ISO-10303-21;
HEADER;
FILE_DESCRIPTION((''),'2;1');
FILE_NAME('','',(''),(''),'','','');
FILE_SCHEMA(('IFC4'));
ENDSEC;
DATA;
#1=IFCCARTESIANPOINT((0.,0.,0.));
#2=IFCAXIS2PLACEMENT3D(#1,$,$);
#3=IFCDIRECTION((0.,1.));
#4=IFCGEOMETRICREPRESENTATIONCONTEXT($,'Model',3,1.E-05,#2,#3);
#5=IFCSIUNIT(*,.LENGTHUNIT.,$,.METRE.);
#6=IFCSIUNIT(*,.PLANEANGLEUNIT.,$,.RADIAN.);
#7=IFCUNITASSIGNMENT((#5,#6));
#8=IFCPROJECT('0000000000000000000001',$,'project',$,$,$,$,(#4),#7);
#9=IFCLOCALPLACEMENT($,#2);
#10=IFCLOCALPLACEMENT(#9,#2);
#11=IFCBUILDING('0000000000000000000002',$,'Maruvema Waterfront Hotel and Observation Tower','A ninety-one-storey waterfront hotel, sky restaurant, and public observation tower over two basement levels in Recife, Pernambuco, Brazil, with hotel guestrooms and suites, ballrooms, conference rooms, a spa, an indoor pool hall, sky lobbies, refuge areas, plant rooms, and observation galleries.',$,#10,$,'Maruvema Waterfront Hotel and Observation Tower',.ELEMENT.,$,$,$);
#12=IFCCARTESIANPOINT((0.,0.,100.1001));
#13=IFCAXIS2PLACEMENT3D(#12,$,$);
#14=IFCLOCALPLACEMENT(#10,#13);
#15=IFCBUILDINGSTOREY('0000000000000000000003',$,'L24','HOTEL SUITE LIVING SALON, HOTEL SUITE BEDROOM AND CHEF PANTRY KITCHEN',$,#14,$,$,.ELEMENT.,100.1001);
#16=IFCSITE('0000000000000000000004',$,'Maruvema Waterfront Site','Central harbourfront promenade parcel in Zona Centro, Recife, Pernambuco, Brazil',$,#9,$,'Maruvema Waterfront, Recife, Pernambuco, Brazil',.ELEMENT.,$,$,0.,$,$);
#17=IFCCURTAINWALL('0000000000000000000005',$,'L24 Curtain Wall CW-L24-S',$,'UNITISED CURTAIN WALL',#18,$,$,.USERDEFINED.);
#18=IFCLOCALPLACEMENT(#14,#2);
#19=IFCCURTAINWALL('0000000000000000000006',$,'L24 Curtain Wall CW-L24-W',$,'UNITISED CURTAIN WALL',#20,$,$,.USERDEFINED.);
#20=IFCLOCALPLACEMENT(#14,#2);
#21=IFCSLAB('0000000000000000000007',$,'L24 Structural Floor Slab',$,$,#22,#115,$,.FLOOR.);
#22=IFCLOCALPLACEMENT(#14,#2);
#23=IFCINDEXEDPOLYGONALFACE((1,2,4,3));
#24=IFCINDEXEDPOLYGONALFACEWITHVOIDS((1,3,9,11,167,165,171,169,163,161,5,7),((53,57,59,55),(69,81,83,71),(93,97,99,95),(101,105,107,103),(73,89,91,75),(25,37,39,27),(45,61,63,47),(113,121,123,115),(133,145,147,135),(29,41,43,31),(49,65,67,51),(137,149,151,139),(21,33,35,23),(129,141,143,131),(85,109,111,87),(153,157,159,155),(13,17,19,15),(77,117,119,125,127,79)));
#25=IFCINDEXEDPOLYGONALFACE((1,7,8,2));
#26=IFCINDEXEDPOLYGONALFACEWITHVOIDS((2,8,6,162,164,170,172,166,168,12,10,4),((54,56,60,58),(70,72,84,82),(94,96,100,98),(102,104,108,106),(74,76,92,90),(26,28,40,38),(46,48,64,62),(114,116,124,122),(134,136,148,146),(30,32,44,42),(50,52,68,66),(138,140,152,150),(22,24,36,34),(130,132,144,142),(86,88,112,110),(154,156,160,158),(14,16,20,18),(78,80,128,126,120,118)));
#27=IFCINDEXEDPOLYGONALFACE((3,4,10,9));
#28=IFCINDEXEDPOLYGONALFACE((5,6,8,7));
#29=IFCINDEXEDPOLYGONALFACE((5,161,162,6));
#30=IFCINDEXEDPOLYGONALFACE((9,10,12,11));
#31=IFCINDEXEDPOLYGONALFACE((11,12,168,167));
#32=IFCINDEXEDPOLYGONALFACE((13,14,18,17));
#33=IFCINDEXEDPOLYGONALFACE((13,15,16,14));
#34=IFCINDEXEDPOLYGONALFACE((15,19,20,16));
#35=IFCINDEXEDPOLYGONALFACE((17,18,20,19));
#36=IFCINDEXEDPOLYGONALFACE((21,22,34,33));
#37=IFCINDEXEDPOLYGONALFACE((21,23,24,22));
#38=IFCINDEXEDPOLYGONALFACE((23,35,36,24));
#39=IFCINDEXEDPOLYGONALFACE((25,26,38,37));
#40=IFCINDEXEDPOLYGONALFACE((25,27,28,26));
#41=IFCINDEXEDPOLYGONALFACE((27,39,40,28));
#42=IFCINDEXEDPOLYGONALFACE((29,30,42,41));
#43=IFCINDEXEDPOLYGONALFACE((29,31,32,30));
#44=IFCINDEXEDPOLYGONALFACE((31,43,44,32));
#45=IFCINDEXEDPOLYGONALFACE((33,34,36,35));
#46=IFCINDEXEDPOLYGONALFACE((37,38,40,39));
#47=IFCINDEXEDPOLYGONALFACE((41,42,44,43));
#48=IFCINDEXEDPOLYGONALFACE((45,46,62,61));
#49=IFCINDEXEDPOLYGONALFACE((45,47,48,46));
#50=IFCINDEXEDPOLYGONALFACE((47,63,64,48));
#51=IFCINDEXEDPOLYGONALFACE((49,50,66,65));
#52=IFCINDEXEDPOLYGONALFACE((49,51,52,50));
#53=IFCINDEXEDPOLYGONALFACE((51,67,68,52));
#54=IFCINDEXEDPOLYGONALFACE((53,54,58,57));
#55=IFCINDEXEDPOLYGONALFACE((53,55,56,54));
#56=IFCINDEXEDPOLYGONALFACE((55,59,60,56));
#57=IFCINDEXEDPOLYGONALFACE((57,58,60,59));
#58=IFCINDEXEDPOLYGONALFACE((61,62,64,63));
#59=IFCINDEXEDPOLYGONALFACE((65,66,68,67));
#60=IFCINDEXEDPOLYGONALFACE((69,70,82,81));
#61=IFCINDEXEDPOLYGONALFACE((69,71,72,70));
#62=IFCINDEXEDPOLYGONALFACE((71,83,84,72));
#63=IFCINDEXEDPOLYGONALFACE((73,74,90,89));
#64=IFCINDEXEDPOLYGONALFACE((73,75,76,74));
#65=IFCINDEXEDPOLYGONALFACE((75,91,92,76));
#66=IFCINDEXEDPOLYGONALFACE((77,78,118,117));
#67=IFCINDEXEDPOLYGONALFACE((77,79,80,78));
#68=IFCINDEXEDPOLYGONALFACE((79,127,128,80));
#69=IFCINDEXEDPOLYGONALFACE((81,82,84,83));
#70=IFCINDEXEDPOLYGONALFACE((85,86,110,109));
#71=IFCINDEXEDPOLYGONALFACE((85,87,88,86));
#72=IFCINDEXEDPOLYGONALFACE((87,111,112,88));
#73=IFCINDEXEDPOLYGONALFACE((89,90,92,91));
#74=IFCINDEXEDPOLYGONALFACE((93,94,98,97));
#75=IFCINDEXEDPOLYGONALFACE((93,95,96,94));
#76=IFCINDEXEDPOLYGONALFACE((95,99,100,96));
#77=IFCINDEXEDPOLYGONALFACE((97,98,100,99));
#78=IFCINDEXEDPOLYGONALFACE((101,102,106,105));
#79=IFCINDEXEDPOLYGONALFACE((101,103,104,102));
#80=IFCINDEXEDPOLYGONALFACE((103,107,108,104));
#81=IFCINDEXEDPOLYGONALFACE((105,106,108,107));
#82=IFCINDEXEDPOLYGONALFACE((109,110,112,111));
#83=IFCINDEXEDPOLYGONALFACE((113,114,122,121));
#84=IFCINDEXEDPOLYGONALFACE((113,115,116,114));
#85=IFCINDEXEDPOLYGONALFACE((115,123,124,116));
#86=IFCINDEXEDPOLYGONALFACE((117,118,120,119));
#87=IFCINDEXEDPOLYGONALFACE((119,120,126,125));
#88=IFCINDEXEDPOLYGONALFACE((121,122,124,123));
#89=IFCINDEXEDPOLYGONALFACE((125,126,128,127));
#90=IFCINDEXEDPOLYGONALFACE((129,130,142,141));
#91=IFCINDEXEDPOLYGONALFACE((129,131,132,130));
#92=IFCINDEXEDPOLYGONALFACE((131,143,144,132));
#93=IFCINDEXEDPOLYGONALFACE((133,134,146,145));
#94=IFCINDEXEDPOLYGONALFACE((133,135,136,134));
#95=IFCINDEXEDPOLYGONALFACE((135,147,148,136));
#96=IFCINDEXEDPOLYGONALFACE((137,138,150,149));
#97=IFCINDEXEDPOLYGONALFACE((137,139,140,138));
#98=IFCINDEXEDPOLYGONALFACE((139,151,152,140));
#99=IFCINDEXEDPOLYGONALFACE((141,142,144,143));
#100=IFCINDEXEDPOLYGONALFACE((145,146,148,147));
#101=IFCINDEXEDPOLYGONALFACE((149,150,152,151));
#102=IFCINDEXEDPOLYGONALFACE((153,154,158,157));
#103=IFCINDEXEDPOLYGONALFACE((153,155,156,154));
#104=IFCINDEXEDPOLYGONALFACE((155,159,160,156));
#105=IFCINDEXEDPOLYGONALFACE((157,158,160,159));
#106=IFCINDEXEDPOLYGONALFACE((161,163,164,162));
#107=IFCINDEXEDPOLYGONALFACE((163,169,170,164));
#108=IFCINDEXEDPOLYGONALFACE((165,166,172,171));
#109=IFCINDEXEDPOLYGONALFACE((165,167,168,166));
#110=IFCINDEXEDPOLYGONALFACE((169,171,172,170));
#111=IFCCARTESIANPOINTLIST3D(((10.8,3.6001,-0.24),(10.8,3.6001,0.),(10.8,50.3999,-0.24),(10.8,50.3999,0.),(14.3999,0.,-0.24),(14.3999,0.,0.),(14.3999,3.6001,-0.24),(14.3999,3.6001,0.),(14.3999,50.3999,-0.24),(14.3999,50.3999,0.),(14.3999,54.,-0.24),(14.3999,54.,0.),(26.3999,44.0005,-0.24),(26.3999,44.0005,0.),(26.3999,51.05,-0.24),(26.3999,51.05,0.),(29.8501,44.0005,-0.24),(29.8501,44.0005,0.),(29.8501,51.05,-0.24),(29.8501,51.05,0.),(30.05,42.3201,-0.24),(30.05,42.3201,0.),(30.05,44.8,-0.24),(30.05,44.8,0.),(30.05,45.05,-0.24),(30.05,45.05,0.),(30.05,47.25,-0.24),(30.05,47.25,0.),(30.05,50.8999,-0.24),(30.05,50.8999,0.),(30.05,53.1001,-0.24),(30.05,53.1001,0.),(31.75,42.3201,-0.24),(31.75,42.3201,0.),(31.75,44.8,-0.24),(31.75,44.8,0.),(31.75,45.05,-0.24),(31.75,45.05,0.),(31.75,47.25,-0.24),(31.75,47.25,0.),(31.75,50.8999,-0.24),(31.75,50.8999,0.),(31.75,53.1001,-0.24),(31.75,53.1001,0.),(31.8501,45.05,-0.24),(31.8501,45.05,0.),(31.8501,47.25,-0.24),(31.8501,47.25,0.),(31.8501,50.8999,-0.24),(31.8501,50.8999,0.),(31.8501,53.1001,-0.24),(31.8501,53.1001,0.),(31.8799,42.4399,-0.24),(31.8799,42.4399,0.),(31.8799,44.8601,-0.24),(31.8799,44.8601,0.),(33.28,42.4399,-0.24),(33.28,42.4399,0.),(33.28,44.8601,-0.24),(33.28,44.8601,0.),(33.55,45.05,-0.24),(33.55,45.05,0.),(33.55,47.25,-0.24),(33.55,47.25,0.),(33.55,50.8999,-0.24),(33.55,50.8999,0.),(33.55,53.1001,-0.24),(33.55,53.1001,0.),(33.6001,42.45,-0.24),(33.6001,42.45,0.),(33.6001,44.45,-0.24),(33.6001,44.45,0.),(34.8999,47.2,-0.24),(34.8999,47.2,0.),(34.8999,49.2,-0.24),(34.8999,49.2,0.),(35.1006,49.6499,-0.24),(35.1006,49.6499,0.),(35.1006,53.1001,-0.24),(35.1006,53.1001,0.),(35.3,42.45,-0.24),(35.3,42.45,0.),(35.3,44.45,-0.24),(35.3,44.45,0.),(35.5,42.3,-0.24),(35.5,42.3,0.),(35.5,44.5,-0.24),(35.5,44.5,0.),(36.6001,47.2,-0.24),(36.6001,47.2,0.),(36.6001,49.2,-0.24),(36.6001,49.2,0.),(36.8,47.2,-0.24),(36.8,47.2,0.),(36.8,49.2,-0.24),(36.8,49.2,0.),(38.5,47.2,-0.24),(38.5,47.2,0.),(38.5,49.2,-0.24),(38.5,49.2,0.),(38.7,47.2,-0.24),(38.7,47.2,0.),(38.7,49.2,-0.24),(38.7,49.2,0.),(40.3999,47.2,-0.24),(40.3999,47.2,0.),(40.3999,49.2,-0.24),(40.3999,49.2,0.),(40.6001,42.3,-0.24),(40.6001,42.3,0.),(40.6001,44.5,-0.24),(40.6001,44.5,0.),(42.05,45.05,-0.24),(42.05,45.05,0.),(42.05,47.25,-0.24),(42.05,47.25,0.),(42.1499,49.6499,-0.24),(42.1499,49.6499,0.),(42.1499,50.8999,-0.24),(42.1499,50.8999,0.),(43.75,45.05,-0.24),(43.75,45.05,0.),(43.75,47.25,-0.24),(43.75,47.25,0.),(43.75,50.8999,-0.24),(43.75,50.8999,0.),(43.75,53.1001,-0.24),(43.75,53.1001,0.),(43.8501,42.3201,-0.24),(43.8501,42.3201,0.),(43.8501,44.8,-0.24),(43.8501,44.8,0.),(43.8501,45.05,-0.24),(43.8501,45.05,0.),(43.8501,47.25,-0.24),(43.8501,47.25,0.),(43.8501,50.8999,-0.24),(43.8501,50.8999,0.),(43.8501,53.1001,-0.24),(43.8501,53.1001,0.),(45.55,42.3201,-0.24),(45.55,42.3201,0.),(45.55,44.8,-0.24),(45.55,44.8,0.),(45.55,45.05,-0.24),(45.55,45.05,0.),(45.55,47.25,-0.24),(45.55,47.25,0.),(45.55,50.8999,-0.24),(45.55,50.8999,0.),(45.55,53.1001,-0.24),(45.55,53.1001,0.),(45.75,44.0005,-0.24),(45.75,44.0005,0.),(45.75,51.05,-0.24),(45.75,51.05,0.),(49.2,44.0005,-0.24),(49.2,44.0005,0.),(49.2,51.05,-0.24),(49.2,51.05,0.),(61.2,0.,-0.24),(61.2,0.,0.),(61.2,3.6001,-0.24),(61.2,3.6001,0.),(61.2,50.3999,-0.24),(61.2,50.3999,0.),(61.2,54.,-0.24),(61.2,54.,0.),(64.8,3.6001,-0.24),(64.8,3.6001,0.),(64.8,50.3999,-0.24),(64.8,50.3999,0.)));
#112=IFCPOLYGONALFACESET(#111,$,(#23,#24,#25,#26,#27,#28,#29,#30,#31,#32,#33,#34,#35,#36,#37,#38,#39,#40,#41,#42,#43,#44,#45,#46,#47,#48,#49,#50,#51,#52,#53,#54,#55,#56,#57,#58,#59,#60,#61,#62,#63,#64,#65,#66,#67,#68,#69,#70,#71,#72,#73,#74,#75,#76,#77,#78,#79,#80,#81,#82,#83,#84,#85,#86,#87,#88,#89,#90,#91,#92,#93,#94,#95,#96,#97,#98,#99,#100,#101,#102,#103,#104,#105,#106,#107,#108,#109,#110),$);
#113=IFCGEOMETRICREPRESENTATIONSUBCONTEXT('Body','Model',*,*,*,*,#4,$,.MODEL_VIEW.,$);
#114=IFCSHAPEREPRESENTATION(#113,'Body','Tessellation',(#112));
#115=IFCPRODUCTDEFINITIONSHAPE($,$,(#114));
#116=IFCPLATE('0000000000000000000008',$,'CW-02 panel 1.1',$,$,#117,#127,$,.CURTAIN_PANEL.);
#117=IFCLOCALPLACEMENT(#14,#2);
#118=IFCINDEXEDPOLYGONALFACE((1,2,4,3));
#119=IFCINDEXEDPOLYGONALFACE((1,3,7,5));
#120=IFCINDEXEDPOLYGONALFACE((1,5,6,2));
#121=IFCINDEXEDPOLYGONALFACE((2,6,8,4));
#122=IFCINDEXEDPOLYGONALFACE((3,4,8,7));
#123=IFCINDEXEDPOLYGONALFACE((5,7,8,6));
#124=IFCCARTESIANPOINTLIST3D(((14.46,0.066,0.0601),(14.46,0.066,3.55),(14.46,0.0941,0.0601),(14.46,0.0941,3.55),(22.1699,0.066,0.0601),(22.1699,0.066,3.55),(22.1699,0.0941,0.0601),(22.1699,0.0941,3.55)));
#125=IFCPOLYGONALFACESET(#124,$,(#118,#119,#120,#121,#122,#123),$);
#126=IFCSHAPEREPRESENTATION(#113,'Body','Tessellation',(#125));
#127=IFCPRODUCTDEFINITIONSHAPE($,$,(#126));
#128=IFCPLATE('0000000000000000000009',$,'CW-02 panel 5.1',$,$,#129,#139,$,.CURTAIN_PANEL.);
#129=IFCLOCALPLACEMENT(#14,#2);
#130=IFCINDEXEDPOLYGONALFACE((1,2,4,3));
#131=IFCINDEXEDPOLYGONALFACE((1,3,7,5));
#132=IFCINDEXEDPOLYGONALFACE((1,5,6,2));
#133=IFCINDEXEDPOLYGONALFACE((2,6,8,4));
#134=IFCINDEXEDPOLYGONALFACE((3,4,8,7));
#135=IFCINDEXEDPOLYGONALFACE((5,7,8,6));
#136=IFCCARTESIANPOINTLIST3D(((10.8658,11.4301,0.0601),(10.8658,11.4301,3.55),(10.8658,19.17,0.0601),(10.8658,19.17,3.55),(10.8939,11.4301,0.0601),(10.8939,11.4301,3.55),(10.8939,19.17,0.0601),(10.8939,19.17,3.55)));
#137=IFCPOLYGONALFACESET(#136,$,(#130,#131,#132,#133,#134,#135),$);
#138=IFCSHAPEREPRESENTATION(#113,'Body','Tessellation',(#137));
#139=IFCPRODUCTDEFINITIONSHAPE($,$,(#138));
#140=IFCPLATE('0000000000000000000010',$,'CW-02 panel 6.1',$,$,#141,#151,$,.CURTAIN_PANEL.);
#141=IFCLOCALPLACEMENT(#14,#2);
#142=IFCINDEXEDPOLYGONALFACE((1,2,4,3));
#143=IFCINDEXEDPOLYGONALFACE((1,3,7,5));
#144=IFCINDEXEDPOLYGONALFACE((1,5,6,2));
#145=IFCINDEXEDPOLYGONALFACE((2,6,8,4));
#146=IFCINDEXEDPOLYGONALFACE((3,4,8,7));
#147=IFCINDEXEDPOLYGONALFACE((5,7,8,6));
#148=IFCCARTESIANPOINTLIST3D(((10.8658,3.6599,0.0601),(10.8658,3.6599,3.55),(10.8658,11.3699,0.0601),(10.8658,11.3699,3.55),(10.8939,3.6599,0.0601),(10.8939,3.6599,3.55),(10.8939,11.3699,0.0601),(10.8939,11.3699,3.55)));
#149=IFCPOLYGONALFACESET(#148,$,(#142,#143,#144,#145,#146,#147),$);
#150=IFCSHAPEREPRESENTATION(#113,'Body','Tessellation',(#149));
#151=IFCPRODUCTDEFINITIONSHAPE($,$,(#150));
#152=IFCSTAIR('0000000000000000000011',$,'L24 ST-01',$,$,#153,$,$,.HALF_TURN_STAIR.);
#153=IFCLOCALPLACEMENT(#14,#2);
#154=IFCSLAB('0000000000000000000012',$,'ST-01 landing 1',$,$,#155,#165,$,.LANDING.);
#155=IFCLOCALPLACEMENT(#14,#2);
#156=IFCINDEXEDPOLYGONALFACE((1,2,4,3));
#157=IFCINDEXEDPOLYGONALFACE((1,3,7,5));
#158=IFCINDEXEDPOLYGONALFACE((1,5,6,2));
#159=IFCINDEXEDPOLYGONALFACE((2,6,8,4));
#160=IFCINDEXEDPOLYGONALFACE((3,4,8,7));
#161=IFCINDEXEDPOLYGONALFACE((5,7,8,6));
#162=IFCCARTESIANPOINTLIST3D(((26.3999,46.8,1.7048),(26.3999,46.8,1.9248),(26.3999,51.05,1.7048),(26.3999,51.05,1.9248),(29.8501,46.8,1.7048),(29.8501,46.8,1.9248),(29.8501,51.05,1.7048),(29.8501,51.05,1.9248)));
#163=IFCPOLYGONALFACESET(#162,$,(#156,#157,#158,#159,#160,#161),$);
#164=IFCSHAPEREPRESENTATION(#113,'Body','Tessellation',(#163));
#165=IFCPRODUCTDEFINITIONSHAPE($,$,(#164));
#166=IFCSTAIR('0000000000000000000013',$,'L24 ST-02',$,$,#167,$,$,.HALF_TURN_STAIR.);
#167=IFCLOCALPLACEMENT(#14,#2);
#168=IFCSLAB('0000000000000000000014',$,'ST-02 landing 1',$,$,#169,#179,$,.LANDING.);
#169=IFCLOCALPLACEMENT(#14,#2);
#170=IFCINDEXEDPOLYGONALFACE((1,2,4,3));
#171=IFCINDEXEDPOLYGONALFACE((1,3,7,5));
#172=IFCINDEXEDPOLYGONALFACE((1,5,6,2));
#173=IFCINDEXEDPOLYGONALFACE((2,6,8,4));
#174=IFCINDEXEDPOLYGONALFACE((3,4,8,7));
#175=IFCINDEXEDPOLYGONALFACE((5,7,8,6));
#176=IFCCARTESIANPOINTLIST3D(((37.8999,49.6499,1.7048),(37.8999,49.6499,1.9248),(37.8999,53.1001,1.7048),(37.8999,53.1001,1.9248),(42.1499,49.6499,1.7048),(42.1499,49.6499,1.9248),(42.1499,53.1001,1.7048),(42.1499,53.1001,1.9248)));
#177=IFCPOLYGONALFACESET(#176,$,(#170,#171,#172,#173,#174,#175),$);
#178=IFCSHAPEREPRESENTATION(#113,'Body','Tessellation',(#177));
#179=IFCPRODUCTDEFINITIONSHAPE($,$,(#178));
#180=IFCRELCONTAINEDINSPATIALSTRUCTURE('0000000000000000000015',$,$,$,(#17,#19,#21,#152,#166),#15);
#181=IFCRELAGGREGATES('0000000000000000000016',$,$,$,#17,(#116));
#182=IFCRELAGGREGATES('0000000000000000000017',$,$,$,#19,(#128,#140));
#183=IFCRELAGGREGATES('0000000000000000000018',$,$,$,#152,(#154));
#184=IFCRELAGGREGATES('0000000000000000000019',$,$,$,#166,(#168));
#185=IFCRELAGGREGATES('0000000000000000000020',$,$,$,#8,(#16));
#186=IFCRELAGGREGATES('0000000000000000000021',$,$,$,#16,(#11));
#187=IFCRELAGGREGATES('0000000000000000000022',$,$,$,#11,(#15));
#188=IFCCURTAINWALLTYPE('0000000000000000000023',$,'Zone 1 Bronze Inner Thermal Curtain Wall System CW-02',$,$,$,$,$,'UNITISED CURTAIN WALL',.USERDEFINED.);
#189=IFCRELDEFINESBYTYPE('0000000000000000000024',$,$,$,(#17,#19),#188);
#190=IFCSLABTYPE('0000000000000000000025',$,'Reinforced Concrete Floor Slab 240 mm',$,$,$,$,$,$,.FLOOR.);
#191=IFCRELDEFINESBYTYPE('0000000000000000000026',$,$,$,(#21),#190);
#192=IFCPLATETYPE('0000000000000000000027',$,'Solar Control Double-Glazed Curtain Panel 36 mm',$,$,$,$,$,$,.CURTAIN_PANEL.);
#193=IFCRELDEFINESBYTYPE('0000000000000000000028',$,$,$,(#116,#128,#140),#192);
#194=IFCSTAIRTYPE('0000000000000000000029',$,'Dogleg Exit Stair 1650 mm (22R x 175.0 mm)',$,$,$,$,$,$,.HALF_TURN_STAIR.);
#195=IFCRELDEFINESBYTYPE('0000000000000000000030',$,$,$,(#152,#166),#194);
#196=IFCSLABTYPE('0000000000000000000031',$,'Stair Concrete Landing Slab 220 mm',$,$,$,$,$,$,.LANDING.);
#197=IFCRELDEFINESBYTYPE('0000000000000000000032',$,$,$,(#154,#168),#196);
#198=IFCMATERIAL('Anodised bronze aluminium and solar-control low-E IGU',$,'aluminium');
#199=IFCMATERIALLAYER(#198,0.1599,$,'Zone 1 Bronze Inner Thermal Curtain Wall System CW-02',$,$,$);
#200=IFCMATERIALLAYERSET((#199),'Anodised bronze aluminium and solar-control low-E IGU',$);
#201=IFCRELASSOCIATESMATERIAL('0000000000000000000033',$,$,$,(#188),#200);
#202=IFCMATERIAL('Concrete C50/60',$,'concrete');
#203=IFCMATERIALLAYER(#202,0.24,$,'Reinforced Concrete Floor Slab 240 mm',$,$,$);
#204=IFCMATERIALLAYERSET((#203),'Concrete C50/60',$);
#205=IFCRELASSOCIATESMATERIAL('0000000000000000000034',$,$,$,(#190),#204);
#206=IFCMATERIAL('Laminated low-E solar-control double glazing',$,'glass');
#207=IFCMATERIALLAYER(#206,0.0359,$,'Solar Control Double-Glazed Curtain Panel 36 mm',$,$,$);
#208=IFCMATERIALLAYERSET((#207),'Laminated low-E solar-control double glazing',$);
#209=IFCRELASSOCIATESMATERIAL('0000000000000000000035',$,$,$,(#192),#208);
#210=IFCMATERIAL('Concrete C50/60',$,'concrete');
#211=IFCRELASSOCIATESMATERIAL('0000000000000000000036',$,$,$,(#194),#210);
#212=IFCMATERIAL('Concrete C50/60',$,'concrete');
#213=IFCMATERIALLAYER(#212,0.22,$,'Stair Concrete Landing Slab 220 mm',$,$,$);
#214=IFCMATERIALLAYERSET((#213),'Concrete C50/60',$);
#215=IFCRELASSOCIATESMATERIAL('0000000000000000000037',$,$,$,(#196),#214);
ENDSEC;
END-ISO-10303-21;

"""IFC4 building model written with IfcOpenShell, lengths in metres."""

from ifc_helpers import new_model, si_unit, direction, frame, origin, origin_2d, place, context, subcontext, project, spatial, polyline, rectangle, outline, extrude, material, layer, layer_set, type_object, element, aggregate, save


model = new_model("IFC4")

# Units and contexts
model_context = context("Model", 3, precision=1e-05, world=origin(), true_north=direction((0.0, 1.0)))
body_context = subcontext(model_context, "Body", "Model", "MODEL_VIEW")
ifc_project = project(units=[si_unit("LENGTHUNIT", "METRE"), si_unit("PLANEANGLEUNIT", "RADIAN")], contexts=[model_context])

# Site, building, storey
site_placement = place(None, origin())
site = spatial("IfcSite", under=ifc_project, at=site_placement, Name="Maruvema Waterfront Site", Description="Central harbourfront promenade parcel in Zona Centro, Recife, Pernambuco, Brazil", LongName="Maruvema Waterfront, Recife, Pernambuco, Brazil", CompositionType="ELEMENT", RefElevation=0.0)
building_placement = place(site_placement, origin())
building = spatial("IfcBuilding", under=site, at=building_placement, Name="Maruvema Waterfront Hotel and Observation Tower", Description="A ninety-one-storey waterfront hotel, sky restaurant, and public observation tower over two basement levels in Recife, Pernambuco, Brazil, with hotel guestrooms and suites, ballrooms, conference rooms, a spa, an indoor pool hall, sky lobbies, refuge areas, plant rooms, and observation galleries.", LongName="Maruvema Waterfront Hotel and Observation Tower", CompositionType="ELEMENT")
storey_placement = place(building_placement, frame((0.0, 0.0, 100.1001)))
storey = spatial("IfcBuildingStorey", under=building, at=storey_placement, Name="L24", Description="HOTEL SUITE LIVING SALON, HOTEL SUITE BEDROOM AND CHEF PANTRY KITCHEN", CompositionType="ELEMENT", Elevation=100.1001)

# Curtain walls
ifc_material_1 = material(Name="Anodised bronze aluminium and solar-control low-E IGU", Category="aluminium")
ifc_layer_1 = layer(ifc_material_1, 0.1599, Name="Zone 1 Bronze Inner Thermal Curtain Wall System CW-02")
ifc_layer_set_1 = layer_set([ifc_layer_1], Name="Anodised bronze aluminium and solar-control low-E IGU")
curtain_wall_type = type_object("IfcCurtainWallType", Name="Zone 1 Bronze Inner Thermal Curtain Wall System CW-02", ElementType="UNITISED CURTAIN WALL", PredefinedType="USERDEFINED", material=ifc_layer_set_1)
curtain_wall_1_placement = place(storey_placement, origin())
curtain_wall_1 = element("IfcCurtainWall", 1, at=curtain_wall_1_placement, inside=storey, type_object=curtain_wall_type, Name="L24 Curtain Wall CW-L24-S", ObjectType="UNITISED CURTAIN WALL", PredefinedType="USERDEFINED")
curtain_wall_2_placement = place(storey_placement, origin())
curtain_wall_2 = element("IfcCurtainWall", 2, at=curtain_wall_2_placement, inside=storey, type_object=curtain_wall_type, Name="L24 Curtain Wall CW-L24-W", ObjectType="UNITISED CURTAIN WALL", PredefinedType="USERDEFINED")

# Slab
ifc_material_2 = material(Name="Concrete C50/60", Category="concrete")
ifc_layer_2 = layer(ifc_material_2, 0.24, Name="Reinforced Concrete Floor Slab 240 mm")
ifc_layer_set_2 = layer_set([ifc_layer_2], Name="Concrete C50/60")
slab_type_1 = type_object("IfcSlabType", Name="Reinforced Concrete Floor Slab 240 mm", PredefinedType="FLOOR", material=ifc_layer_set_2)
slab_1_placement = place(storey_placement, frame((0.0, 0.0, -0.24)))
element("IfcSlab", 3, at=slab_1_placement, inside=storey, type_object=slab_type_1, Name="L24 Structural Floor Slab", PredefinedType="FLOOR", context=body_context, shape_type="SweptSolid", body=[
    extrude(outline(polyline([(14.3999, 0.0), (61.2, 0.0), (61.2, 3.6001), (64.8, 3.6001), (64.8, 50.3999), (61.2, 50.3999), (61.2, 54.0), (14.3999, 54.0), (14.3999, 50.3999), (10.8, 50.3999), (10.8, 3.6001), (14.3999, 3.6001), (14.3999, 0.0)]), holes=[polyline([(26.3999, 44.0005), (26.3999, 51.05), (29.8501, 51.05), (29.8501, 44.0005), (26.3999, 44.0005)]), polyline([(30.05, 44.8), (31.75, 44.8), (31.75, 42.3201), (30.05, 42.3201), (30.05, 44.8)]), polyline([(31.75, 47.25), (31.75, 45.05), (30.05, 45.05), (30.05, 47.25), (31.75, 47.25)]), polyline([(31.75, 53.1001), (31.75, 50.8999), (30.05, 50.8999), (30.05, 53.1001), (31.75, 53.1001)]), polyline([(33.28, 44.8601), (33.28, 42.4399), (31.8799, 42.4399), (31.8799, 44.8601), (33.28, 44.8601)]), polyline([(31.8501, 47.25), (33.55, 47.25), (33.55, 45.05), (31.8501, 45.05), (31.8501, 47.25)]), polyline([(31.8501, 53.1001), (33.55, 53.1001), (33.55, 50.8999), (31.8501, 50.8999), (31.8501, 53.1001)]), polyline([(33.6001, 44.45), (35.3, 44.45), (35.3, 42.45), (33.6001, 42.45), (33.6001, 44.45)]), polyline([(34.8999, 49.2), (36.6001, 49.2), (36.6001, 47.2), (34.8999, 47.2), (34.8999, 49.2)]), polyline([(38.5, 49.2), (38.5, 47.2), (36.8, 47.2), (36.8, 49.2), (38.5, 49.2)]), polyline([(35.5, 44.5), (40.6001, 44.5), (40.6001, 42.3), (35.5, 42.3), (35.5, 44.5)]), polyline([(43.75, 50.8999), (42.1499, 50.8999), (42.1499, 49.6499), (35.1006, 49.6499), (35.1006, 53.1001), (43.75, 53.1001), (43.75, 50.8999)]), polyline([(40.3999, 49.2), (40.3999, 47.2), (38.7, 47.2), (38.7, 49.2), (40.3999, 49.2)]), polyline([(43.75, 47.25), (43.75, 45.05), (42.05, 45.05), (42.05, 47.25), (43.75, 47.25)]), polyline([(45.55, 44.8), (45.55, 42.3201), (43.8501, 42.3201), (43.8501, 44.8), (45.55, 44.8)]), polyline([(43.8501, 47.25), (45.55, 47.25), (45.55, 45.05), (43.8501, 45.05), (43.8501, 47.25)]), polyline([(45.55, 53.1001), (45.55, 50.8999), (43.8501, 50.8999), (43.8501, 53.1001), (45.55, 53.1001)]), polyline([(45.75, 51.05), (49.2, 51.05), (49.2, 44.0005), (45.75, 44.0005), (45.75, 51.05)])]), origin(), (0.0, 0.0, 1.0), 0.24),
])

# Plates
ifc_material_3 = material(Name="Laminated low-E solar-control double glazing", Category="glass")
ifc_layer_3 = layer(ifc_material_3, 0.0359, Name="Solar Control Double-Glazed Curtain Panel 36 mm")
ifc_layer_set_3 = layer_set([ifc_layer_3], Name="Laminated low-E solar-control double glazing")
plate_type = type_object("IfcPlateType", Name="Solar Control Double-Glazed Curtain Panel 36 mm", PredefinedType="CURTAIN_PANEL", material=ifc_layer_set_3)
plate_1_placement = place(storey_placement, frame((18.3149, 0.0801, 0.0601), z_axis=(0.0, 0.0, 1.0), x_axis=(1.0, 0.0, 0.0)))
plate_1 = element("IfcPlate", 4, at=plate_1_placement, type_object=plate_type, Name="CW-02 panel 1.1", PredefinedType="CURTAIN_PANEL", context=body_context, shape_type="SweptSolid", body=[
    extrude(rectangle(XDim=7.71, YDim=0.0281, at=origin_2d()), origin(), (0.0, 0.0, 1.0), 3.49),
])
aggregate(curtain_wall_1, [plate_1])
plate_2_placement = place(storey_placement, frame((10.8799, 15.3, 0.0601), z_axis=(0.0, 0.0, 1.0), x_axis=(0.0, -1.0, 0.0)))
plate_2 = element("IfcPlate", 5, at=plate_2_placement, type_object=plate_type, Name="CW-02 panel 5.1", PredefinedType="CURTAIN_PANEL", context=body_context, shape_type="SweptSolid", body=[
    extrude(rectangle(XDim=7.74, YDim=0.0281, at=origin_2d()), origin(), (0.0, 0.0, 1.0), 3.49),
])
plate_3_placement = place(storey_placement, frame((10.8799, 7.5149, 0.0601), z_axis=(0.0, 0.0, 1.0), x_axis=(0.0, -1.0, 0.0)))
plate_3 = element("IfcPlate", 6, at=plate_3_placement, type_object=plate_type, Name="CW-02 panel 6.1", PredefinedType="CURTAIN_PANEL", context=body_context, shape_type="SweptSolid", body=[
    extrude(rectangle(XDim=7.71, YDim=0.0281, at=origin_2d()), origin(), (0.0, 0.0, 1.0), 3.49),
])
aggregate(curtain_wall_2, [plate_2, plate_3])

# Stairs, slabs
ifc_material_4 = material(Name="Concrete C50/60", Category="concrete")
stair_type = type_object("IfcStairType", Name="Dogleg Exit Stair 1650 mm (22R x 175.0 mm)", PredefinedType="HALF_TURN_STAIR", material=ifc_material_4)
stair_1_placement = place(storey_placement, origin())
stair_1 = element("IfcStair", 7, at=stair_1_placement, inside=storey, type_object=stair_type, Name="L24 ST-01", PredefinedType="HALF_TURN_STAIR")
ifc_material_5 = material(Name="Concrete C50/60", Category="concrete")
ifc_layer_4 = layer(ifc_material_5, 0.22, Name="Stair Concrete Landing Slab 220 mm")
ifc_layer_set_4 = layer_set([ifc_layer_4], Name="Concrete C50/60")
slab_type_2 = type_object("IfcSlabType", Name="Stair Concrete Landing Slab 220 mm", PredefinedType="LANDING", material=ifc_layer_set_4)
slab_2_placement = place(storey_placement, frame((0.0, 0.0, 1.7048)))
slab_2 = element("IfcSlab", 8, at=slab_2_placement, type_object=slab_type_2, Name="ST-01 landing 1", PredefinedType="LANDING", context=body_context, shape_type="SweptSolid", body=[
    extrude(outline(polyline([(29.8501, 46.8), (29.8501, 51.05), (26.3999, 51.05), (26.3999, 46.8), (29.8501, 46.8)])), origin(), (0.0, 0.0, 1.0), 0.22),
])
aggregate(stair_1, [slab_2])
stair_2_placement = place(storey_placement, origin())
stair_2 = element("IfcStair", 9, at=stair_2_placement, inside=storey, type_object=stair_type, Name="L24 ST-02", PredefinedType="HALF_TURN_STAIR")
slab_3_placement = place(storey_placement, frame((0.0, 0.0, 1.7048)))
slab_3 = element("IfcSlab", 10, at=slab_3_placement, type_object=slab_type_2, Name="ST-02 landing 1", PredefinedType="LANDING", context=body_context, shape_type="SweptSolid", body=[
    extrude(outline(polyline([(37.8999, 49.6499), (42.1499, 49.6499), (42.1499, 53.1001), (37.8999, 53.1001), (37.8999, 49.6499)])), origin(), (0.0, 0.0, 1.0), 0.22),
])
aggregate(stair_2, [slab_3])

save(model, "model.ifc")
